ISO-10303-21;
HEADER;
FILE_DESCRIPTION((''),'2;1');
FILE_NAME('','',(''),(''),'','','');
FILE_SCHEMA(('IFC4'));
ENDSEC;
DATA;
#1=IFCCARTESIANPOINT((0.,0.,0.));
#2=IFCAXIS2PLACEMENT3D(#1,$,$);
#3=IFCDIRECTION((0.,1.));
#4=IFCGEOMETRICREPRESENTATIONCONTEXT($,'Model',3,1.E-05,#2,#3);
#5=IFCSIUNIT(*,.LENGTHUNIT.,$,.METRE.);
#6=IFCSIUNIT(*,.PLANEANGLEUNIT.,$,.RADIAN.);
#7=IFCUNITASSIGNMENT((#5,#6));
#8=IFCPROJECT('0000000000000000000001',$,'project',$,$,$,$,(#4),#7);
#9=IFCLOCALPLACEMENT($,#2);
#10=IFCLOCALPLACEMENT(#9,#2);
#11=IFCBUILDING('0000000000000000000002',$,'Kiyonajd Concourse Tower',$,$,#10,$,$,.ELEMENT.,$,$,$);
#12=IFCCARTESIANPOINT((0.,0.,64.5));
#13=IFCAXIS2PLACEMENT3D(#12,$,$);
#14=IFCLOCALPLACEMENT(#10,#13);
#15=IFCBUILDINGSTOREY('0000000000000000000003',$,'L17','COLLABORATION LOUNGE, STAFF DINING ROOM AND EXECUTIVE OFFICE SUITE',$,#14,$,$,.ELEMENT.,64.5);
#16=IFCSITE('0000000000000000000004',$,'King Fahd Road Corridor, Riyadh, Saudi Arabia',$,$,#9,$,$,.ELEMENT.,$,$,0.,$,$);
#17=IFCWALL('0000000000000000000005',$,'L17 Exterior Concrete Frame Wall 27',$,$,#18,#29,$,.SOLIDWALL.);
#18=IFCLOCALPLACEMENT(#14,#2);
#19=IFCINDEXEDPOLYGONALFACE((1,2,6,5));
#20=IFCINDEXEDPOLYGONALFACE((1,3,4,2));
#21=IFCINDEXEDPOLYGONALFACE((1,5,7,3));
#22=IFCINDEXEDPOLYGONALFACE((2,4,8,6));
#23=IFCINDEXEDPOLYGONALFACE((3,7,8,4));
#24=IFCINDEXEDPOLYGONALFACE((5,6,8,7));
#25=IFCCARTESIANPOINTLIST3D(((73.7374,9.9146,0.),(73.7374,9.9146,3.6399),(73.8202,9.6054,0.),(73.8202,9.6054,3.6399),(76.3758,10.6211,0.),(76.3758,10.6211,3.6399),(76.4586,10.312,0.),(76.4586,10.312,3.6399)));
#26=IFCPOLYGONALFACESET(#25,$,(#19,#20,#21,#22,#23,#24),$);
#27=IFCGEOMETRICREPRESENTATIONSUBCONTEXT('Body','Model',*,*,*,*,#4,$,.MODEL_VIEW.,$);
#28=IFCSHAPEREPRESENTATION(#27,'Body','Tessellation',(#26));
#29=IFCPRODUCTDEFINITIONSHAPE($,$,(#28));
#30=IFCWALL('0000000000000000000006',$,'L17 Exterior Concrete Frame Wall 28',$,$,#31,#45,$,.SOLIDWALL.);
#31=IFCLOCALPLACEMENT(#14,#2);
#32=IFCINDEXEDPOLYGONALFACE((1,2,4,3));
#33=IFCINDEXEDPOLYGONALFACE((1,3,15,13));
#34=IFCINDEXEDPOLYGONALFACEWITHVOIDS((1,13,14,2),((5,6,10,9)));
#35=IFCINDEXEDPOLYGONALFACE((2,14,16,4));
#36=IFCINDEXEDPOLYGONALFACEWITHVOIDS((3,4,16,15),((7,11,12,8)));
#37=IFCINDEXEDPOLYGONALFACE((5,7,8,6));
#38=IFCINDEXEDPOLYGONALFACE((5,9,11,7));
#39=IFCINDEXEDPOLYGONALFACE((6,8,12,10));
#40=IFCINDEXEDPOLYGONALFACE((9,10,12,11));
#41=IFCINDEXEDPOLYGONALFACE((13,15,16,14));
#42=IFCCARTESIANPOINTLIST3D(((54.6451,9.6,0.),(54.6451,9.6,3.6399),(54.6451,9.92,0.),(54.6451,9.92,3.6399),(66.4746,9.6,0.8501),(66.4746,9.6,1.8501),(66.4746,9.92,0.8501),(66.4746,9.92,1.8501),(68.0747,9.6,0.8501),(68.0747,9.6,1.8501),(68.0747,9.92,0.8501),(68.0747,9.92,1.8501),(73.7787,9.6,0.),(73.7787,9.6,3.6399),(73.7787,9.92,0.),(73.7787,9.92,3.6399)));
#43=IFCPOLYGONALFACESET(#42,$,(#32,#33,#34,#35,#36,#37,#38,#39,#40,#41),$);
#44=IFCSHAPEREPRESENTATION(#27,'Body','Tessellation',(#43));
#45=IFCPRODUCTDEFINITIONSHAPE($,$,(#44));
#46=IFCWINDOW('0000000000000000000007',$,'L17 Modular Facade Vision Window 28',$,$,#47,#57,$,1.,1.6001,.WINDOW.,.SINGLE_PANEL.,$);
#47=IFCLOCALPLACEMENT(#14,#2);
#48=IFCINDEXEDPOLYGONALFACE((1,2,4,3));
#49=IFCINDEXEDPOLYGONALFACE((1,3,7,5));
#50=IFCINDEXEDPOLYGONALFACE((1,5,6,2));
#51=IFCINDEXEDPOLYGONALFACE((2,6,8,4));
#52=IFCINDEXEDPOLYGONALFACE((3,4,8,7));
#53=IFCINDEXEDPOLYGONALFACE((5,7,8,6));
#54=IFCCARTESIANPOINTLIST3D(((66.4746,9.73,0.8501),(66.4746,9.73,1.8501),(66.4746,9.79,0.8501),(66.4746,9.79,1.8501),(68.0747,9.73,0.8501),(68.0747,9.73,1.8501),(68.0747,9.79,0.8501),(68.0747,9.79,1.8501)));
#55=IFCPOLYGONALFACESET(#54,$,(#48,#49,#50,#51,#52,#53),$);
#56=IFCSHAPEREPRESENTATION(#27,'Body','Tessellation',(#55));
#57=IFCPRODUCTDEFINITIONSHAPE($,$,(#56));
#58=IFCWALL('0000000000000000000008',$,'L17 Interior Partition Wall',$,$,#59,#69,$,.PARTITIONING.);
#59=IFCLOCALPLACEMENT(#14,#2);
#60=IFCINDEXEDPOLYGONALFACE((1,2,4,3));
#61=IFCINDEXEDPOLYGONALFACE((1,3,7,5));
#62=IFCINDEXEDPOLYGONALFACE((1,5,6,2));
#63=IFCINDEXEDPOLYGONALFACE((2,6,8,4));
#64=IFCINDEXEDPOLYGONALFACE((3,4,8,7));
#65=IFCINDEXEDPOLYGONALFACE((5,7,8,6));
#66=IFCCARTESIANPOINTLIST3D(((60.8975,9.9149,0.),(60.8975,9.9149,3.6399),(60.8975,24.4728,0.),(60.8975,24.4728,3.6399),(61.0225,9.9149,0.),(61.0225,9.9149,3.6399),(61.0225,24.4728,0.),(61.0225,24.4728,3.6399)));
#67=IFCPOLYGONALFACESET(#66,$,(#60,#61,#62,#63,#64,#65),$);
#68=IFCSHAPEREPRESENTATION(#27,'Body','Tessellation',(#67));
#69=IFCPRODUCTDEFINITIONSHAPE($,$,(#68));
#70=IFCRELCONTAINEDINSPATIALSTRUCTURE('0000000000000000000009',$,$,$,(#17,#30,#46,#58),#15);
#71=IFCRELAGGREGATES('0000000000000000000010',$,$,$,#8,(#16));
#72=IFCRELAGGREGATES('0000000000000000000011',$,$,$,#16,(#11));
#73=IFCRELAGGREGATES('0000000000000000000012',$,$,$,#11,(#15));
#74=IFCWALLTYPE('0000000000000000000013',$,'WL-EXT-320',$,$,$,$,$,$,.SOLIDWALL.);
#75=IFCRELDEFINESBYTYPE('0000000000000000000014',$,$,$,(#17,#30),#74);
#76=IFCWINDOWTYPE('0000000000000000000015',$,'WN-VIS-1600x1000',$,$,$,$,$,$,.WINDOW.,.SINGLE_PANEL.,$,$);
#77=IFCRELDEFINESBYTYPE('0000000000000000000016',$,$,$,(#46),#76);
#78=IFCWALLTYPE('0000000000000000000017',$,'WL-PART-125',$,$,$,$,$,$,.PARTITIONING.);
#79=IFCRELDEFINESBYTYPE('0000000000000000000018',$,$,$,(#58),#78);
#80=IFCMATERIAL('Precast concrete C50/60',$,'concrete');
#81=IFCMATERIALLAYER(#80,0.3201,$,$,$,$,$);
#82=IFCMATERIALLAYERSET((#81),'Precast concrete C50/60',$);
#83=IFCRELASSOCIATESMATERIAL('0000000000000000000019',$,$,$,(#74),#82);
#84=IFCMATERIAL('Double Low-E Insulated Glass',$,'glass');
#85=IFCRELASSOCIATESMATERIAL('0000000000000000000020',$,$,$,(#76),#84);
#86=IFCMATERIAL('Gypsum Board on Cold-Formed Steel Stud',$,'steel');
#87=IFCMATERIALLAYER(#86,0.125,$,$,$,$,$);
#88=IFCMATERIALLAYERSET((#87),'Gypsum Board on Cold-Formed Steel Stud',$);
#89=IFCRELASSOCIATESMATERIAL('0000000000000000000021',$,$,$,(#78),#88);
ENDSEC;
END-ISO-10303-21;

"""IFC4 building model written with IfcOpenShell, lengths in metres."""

from ifc_helpers import new_model, si_unit, direction, frame, frame_2d, origin, place, context, subcontext, project, spatial, rectangle, extrude, material, layer, layer_set, type_object, element, fill, save


model = new_model("IFC4")

# Units and contexts
model_context = context("Model", 3, precision=1e-05, world=origin(), true_north=direction((0.0, 1.0)))
body_context = subcontext(model_context, "Body", "Model", "MODEL_VIEW")
ifc_project = project(units=[si_unit("LENGTHUNIT", "METRE"), si_unit("PLANEANGLEUNIT", "RADIAN")], contexts=[model_context])

# Site, building, storey
site_placement = place(None, origin())
site = spatial("IfcSite", under=ifc_project, at=site_placement, Name="King Fahd Road Corridor, Riyadh, Saudi Arabia", CompositionType="ELEMENT", RefElevation=0.0)
building_placement = place(site_placement, origin())
building = spatial("IfcBuilding", under=site, at=building_placement, Name="Kiyonajd Concourse Tower", CompositionType="ELEMENT")
storey_placement = place(building_placement, frame((0.0, 0.0, 64.5)))
storey = spatial("IfcBuildingStorey", under=building, at=storey_placement, Name="L17", Description="COLLABORATION LOUNGE, STAFF DINING ROOM AND EXECUTIVE OFFICE SUITE", CompositionType="ELEMENT", Elevation=64.5)

# Shared definitions
ifc_material_1 = material(Name="Precast concrete C50/60", Category="concrete")

# Shared definitions
ifc_material_2 = material(Name="Double Low-E Insulated Glass", Category="glass")

# Wall
ifc_layer_1 = layer(ifc_material_1, 0.3201)
ifc_layer_set_1 = layer_set([ifc_layer_1], Name="Precast concrete C50/60")
wall_type_1 = type_object("IfcWallType", Name="WL-EXT-320", PredefinedType="SOLIDWALL", material=ifc_layer_set_1)
wall_1_placement = place(storey_placement, frame((76.4172, 10.4666, 0.0), z_axis=(0.0, 0.0, 1.0), x_axis=(-0.965964, -0.258675, 0.0)))
element("IfcWall", 1, at=wall_1_placement, inside=storey, type_object=wall_type_1, Name="L17 Exterior Concrete Frame Wall 27", PredefinedType="SOLIDWALL", context=body_context, shape_type="SweptSolid", body=[
    extrude(rectangle(XDim=2.7314, YDim=0.3201, at=frame_2d((1.3657, 0.0))), origin(), (0.0, 0.0, 1.0), 3.6399),
])

# Wall, opening, window
wall_2_placement = place(storey_placement, frame((73.7788, 9.76, 0.0), z_axis=(0.0, 0.0, 1.0), x_axis=(-1.0, 0.0, 0.0)))
wall_2 = element("IfcWall", 2, at=wall_2_placement, inside=storey, type_object=wall_type_1, Name="L17 Exterior Concrete Frame Wall 28", PredefinedType="SOLIDWALL", context=body_context, shape_type="SweptSolid", body=[
    extrude(rectangle(XDim=19.1335, YDim=0.3201, at=frame_2d((9.5669, 0.0))), origin(), (0.0, 0.0, 1.0), 3.6399),
])
opening_placement = place(wall_2_placement, frame((5.7041, 0.0, 0.8501)))
opening = element("IfcOpeningElement", 3, at=opening_placement, cuts=wall_2, PredefinedType="OPENING", context=body_context, shape_type="SweptSolid", body=[
    extrude(rectangle(XDim=1.6001, YDim=1.0, at=frame_2d((0.8, 0.5))), frame((0.0, 0.1699, 0.0), z_axis=(0.0, -1.0, 0.0), x_axis=(1.0, 0.0, 0.0)), (0.0, 0.0, 1.0), 0.3401),
])
window_type = type_object("IfcWindowType", Name="WN-VIS-1600x1000", PartitioningType="SINGLE_PANEL", PredefinedType="WINDOW", material=ifc_material_2)
window_placement = place(opening_placement, origin())
window = element("IfcWindow", 4, at=window_placement, inside=storey, type_object=window_type, Name="L17 Modular Facade Vision Window 28", OverallHeight=1.0, OverallWidth=1.6001, PartitioningType="SINGLE_PANEL", PredefinedType="WINDOW", context=body_context, shape_type="SweptSolid", body=[
    extrude(rectangle(XDim=1.6001, YDim=1.0, at=frame_2d((0.8, 0.5))), frame((0.0, 0.03, 0.0), z_axis=(0.0, -1.0, 0.0), x_axis=(1.0, 0.0, 0.0)), (0.0, 0.0, 1.0), 0.0601),
])
fill(opening, window)

# Wall
ifc_material_3 = material(Name="Gypsum Board on Cold-Formed Steel Stud", Category="steel")
ifc_layer_2 = layer(ifc_material_3, 0.125)
ifc_layer_set_2 = layer_set([ifc_layer_2], Name="Gypsum Board on Cold-Formed Steel Stud")
wall_type_2 = type_object("IfcWallType", Name="WL-PART-125", PredefinedType="PARTITIONING", material=ifc_layer_set_2)
wall_3_placement = place(storey_placement, frame((60.96, 9.915, 0.0), z_axis=(0.0, 0.0, 1.0), x_axis=(0.0, 1.0, 0.0)))
element("IfcWall", 5, at=wall_3_placement, inside=storey, type_object=wall_type_2, Name="L17 Interior Partition Wall", PredefinedType="PARTITIONING", context=body_context, shape_type="SweptSolid", body=[
    extrude(rectangle(XDim=14.5579, YDim=0.125, at=frame_2d((7.2788, 0.0))), origin(), (0.0, 0.0, 1.0), 3.6399),
])

save(model, "model.ifc")
